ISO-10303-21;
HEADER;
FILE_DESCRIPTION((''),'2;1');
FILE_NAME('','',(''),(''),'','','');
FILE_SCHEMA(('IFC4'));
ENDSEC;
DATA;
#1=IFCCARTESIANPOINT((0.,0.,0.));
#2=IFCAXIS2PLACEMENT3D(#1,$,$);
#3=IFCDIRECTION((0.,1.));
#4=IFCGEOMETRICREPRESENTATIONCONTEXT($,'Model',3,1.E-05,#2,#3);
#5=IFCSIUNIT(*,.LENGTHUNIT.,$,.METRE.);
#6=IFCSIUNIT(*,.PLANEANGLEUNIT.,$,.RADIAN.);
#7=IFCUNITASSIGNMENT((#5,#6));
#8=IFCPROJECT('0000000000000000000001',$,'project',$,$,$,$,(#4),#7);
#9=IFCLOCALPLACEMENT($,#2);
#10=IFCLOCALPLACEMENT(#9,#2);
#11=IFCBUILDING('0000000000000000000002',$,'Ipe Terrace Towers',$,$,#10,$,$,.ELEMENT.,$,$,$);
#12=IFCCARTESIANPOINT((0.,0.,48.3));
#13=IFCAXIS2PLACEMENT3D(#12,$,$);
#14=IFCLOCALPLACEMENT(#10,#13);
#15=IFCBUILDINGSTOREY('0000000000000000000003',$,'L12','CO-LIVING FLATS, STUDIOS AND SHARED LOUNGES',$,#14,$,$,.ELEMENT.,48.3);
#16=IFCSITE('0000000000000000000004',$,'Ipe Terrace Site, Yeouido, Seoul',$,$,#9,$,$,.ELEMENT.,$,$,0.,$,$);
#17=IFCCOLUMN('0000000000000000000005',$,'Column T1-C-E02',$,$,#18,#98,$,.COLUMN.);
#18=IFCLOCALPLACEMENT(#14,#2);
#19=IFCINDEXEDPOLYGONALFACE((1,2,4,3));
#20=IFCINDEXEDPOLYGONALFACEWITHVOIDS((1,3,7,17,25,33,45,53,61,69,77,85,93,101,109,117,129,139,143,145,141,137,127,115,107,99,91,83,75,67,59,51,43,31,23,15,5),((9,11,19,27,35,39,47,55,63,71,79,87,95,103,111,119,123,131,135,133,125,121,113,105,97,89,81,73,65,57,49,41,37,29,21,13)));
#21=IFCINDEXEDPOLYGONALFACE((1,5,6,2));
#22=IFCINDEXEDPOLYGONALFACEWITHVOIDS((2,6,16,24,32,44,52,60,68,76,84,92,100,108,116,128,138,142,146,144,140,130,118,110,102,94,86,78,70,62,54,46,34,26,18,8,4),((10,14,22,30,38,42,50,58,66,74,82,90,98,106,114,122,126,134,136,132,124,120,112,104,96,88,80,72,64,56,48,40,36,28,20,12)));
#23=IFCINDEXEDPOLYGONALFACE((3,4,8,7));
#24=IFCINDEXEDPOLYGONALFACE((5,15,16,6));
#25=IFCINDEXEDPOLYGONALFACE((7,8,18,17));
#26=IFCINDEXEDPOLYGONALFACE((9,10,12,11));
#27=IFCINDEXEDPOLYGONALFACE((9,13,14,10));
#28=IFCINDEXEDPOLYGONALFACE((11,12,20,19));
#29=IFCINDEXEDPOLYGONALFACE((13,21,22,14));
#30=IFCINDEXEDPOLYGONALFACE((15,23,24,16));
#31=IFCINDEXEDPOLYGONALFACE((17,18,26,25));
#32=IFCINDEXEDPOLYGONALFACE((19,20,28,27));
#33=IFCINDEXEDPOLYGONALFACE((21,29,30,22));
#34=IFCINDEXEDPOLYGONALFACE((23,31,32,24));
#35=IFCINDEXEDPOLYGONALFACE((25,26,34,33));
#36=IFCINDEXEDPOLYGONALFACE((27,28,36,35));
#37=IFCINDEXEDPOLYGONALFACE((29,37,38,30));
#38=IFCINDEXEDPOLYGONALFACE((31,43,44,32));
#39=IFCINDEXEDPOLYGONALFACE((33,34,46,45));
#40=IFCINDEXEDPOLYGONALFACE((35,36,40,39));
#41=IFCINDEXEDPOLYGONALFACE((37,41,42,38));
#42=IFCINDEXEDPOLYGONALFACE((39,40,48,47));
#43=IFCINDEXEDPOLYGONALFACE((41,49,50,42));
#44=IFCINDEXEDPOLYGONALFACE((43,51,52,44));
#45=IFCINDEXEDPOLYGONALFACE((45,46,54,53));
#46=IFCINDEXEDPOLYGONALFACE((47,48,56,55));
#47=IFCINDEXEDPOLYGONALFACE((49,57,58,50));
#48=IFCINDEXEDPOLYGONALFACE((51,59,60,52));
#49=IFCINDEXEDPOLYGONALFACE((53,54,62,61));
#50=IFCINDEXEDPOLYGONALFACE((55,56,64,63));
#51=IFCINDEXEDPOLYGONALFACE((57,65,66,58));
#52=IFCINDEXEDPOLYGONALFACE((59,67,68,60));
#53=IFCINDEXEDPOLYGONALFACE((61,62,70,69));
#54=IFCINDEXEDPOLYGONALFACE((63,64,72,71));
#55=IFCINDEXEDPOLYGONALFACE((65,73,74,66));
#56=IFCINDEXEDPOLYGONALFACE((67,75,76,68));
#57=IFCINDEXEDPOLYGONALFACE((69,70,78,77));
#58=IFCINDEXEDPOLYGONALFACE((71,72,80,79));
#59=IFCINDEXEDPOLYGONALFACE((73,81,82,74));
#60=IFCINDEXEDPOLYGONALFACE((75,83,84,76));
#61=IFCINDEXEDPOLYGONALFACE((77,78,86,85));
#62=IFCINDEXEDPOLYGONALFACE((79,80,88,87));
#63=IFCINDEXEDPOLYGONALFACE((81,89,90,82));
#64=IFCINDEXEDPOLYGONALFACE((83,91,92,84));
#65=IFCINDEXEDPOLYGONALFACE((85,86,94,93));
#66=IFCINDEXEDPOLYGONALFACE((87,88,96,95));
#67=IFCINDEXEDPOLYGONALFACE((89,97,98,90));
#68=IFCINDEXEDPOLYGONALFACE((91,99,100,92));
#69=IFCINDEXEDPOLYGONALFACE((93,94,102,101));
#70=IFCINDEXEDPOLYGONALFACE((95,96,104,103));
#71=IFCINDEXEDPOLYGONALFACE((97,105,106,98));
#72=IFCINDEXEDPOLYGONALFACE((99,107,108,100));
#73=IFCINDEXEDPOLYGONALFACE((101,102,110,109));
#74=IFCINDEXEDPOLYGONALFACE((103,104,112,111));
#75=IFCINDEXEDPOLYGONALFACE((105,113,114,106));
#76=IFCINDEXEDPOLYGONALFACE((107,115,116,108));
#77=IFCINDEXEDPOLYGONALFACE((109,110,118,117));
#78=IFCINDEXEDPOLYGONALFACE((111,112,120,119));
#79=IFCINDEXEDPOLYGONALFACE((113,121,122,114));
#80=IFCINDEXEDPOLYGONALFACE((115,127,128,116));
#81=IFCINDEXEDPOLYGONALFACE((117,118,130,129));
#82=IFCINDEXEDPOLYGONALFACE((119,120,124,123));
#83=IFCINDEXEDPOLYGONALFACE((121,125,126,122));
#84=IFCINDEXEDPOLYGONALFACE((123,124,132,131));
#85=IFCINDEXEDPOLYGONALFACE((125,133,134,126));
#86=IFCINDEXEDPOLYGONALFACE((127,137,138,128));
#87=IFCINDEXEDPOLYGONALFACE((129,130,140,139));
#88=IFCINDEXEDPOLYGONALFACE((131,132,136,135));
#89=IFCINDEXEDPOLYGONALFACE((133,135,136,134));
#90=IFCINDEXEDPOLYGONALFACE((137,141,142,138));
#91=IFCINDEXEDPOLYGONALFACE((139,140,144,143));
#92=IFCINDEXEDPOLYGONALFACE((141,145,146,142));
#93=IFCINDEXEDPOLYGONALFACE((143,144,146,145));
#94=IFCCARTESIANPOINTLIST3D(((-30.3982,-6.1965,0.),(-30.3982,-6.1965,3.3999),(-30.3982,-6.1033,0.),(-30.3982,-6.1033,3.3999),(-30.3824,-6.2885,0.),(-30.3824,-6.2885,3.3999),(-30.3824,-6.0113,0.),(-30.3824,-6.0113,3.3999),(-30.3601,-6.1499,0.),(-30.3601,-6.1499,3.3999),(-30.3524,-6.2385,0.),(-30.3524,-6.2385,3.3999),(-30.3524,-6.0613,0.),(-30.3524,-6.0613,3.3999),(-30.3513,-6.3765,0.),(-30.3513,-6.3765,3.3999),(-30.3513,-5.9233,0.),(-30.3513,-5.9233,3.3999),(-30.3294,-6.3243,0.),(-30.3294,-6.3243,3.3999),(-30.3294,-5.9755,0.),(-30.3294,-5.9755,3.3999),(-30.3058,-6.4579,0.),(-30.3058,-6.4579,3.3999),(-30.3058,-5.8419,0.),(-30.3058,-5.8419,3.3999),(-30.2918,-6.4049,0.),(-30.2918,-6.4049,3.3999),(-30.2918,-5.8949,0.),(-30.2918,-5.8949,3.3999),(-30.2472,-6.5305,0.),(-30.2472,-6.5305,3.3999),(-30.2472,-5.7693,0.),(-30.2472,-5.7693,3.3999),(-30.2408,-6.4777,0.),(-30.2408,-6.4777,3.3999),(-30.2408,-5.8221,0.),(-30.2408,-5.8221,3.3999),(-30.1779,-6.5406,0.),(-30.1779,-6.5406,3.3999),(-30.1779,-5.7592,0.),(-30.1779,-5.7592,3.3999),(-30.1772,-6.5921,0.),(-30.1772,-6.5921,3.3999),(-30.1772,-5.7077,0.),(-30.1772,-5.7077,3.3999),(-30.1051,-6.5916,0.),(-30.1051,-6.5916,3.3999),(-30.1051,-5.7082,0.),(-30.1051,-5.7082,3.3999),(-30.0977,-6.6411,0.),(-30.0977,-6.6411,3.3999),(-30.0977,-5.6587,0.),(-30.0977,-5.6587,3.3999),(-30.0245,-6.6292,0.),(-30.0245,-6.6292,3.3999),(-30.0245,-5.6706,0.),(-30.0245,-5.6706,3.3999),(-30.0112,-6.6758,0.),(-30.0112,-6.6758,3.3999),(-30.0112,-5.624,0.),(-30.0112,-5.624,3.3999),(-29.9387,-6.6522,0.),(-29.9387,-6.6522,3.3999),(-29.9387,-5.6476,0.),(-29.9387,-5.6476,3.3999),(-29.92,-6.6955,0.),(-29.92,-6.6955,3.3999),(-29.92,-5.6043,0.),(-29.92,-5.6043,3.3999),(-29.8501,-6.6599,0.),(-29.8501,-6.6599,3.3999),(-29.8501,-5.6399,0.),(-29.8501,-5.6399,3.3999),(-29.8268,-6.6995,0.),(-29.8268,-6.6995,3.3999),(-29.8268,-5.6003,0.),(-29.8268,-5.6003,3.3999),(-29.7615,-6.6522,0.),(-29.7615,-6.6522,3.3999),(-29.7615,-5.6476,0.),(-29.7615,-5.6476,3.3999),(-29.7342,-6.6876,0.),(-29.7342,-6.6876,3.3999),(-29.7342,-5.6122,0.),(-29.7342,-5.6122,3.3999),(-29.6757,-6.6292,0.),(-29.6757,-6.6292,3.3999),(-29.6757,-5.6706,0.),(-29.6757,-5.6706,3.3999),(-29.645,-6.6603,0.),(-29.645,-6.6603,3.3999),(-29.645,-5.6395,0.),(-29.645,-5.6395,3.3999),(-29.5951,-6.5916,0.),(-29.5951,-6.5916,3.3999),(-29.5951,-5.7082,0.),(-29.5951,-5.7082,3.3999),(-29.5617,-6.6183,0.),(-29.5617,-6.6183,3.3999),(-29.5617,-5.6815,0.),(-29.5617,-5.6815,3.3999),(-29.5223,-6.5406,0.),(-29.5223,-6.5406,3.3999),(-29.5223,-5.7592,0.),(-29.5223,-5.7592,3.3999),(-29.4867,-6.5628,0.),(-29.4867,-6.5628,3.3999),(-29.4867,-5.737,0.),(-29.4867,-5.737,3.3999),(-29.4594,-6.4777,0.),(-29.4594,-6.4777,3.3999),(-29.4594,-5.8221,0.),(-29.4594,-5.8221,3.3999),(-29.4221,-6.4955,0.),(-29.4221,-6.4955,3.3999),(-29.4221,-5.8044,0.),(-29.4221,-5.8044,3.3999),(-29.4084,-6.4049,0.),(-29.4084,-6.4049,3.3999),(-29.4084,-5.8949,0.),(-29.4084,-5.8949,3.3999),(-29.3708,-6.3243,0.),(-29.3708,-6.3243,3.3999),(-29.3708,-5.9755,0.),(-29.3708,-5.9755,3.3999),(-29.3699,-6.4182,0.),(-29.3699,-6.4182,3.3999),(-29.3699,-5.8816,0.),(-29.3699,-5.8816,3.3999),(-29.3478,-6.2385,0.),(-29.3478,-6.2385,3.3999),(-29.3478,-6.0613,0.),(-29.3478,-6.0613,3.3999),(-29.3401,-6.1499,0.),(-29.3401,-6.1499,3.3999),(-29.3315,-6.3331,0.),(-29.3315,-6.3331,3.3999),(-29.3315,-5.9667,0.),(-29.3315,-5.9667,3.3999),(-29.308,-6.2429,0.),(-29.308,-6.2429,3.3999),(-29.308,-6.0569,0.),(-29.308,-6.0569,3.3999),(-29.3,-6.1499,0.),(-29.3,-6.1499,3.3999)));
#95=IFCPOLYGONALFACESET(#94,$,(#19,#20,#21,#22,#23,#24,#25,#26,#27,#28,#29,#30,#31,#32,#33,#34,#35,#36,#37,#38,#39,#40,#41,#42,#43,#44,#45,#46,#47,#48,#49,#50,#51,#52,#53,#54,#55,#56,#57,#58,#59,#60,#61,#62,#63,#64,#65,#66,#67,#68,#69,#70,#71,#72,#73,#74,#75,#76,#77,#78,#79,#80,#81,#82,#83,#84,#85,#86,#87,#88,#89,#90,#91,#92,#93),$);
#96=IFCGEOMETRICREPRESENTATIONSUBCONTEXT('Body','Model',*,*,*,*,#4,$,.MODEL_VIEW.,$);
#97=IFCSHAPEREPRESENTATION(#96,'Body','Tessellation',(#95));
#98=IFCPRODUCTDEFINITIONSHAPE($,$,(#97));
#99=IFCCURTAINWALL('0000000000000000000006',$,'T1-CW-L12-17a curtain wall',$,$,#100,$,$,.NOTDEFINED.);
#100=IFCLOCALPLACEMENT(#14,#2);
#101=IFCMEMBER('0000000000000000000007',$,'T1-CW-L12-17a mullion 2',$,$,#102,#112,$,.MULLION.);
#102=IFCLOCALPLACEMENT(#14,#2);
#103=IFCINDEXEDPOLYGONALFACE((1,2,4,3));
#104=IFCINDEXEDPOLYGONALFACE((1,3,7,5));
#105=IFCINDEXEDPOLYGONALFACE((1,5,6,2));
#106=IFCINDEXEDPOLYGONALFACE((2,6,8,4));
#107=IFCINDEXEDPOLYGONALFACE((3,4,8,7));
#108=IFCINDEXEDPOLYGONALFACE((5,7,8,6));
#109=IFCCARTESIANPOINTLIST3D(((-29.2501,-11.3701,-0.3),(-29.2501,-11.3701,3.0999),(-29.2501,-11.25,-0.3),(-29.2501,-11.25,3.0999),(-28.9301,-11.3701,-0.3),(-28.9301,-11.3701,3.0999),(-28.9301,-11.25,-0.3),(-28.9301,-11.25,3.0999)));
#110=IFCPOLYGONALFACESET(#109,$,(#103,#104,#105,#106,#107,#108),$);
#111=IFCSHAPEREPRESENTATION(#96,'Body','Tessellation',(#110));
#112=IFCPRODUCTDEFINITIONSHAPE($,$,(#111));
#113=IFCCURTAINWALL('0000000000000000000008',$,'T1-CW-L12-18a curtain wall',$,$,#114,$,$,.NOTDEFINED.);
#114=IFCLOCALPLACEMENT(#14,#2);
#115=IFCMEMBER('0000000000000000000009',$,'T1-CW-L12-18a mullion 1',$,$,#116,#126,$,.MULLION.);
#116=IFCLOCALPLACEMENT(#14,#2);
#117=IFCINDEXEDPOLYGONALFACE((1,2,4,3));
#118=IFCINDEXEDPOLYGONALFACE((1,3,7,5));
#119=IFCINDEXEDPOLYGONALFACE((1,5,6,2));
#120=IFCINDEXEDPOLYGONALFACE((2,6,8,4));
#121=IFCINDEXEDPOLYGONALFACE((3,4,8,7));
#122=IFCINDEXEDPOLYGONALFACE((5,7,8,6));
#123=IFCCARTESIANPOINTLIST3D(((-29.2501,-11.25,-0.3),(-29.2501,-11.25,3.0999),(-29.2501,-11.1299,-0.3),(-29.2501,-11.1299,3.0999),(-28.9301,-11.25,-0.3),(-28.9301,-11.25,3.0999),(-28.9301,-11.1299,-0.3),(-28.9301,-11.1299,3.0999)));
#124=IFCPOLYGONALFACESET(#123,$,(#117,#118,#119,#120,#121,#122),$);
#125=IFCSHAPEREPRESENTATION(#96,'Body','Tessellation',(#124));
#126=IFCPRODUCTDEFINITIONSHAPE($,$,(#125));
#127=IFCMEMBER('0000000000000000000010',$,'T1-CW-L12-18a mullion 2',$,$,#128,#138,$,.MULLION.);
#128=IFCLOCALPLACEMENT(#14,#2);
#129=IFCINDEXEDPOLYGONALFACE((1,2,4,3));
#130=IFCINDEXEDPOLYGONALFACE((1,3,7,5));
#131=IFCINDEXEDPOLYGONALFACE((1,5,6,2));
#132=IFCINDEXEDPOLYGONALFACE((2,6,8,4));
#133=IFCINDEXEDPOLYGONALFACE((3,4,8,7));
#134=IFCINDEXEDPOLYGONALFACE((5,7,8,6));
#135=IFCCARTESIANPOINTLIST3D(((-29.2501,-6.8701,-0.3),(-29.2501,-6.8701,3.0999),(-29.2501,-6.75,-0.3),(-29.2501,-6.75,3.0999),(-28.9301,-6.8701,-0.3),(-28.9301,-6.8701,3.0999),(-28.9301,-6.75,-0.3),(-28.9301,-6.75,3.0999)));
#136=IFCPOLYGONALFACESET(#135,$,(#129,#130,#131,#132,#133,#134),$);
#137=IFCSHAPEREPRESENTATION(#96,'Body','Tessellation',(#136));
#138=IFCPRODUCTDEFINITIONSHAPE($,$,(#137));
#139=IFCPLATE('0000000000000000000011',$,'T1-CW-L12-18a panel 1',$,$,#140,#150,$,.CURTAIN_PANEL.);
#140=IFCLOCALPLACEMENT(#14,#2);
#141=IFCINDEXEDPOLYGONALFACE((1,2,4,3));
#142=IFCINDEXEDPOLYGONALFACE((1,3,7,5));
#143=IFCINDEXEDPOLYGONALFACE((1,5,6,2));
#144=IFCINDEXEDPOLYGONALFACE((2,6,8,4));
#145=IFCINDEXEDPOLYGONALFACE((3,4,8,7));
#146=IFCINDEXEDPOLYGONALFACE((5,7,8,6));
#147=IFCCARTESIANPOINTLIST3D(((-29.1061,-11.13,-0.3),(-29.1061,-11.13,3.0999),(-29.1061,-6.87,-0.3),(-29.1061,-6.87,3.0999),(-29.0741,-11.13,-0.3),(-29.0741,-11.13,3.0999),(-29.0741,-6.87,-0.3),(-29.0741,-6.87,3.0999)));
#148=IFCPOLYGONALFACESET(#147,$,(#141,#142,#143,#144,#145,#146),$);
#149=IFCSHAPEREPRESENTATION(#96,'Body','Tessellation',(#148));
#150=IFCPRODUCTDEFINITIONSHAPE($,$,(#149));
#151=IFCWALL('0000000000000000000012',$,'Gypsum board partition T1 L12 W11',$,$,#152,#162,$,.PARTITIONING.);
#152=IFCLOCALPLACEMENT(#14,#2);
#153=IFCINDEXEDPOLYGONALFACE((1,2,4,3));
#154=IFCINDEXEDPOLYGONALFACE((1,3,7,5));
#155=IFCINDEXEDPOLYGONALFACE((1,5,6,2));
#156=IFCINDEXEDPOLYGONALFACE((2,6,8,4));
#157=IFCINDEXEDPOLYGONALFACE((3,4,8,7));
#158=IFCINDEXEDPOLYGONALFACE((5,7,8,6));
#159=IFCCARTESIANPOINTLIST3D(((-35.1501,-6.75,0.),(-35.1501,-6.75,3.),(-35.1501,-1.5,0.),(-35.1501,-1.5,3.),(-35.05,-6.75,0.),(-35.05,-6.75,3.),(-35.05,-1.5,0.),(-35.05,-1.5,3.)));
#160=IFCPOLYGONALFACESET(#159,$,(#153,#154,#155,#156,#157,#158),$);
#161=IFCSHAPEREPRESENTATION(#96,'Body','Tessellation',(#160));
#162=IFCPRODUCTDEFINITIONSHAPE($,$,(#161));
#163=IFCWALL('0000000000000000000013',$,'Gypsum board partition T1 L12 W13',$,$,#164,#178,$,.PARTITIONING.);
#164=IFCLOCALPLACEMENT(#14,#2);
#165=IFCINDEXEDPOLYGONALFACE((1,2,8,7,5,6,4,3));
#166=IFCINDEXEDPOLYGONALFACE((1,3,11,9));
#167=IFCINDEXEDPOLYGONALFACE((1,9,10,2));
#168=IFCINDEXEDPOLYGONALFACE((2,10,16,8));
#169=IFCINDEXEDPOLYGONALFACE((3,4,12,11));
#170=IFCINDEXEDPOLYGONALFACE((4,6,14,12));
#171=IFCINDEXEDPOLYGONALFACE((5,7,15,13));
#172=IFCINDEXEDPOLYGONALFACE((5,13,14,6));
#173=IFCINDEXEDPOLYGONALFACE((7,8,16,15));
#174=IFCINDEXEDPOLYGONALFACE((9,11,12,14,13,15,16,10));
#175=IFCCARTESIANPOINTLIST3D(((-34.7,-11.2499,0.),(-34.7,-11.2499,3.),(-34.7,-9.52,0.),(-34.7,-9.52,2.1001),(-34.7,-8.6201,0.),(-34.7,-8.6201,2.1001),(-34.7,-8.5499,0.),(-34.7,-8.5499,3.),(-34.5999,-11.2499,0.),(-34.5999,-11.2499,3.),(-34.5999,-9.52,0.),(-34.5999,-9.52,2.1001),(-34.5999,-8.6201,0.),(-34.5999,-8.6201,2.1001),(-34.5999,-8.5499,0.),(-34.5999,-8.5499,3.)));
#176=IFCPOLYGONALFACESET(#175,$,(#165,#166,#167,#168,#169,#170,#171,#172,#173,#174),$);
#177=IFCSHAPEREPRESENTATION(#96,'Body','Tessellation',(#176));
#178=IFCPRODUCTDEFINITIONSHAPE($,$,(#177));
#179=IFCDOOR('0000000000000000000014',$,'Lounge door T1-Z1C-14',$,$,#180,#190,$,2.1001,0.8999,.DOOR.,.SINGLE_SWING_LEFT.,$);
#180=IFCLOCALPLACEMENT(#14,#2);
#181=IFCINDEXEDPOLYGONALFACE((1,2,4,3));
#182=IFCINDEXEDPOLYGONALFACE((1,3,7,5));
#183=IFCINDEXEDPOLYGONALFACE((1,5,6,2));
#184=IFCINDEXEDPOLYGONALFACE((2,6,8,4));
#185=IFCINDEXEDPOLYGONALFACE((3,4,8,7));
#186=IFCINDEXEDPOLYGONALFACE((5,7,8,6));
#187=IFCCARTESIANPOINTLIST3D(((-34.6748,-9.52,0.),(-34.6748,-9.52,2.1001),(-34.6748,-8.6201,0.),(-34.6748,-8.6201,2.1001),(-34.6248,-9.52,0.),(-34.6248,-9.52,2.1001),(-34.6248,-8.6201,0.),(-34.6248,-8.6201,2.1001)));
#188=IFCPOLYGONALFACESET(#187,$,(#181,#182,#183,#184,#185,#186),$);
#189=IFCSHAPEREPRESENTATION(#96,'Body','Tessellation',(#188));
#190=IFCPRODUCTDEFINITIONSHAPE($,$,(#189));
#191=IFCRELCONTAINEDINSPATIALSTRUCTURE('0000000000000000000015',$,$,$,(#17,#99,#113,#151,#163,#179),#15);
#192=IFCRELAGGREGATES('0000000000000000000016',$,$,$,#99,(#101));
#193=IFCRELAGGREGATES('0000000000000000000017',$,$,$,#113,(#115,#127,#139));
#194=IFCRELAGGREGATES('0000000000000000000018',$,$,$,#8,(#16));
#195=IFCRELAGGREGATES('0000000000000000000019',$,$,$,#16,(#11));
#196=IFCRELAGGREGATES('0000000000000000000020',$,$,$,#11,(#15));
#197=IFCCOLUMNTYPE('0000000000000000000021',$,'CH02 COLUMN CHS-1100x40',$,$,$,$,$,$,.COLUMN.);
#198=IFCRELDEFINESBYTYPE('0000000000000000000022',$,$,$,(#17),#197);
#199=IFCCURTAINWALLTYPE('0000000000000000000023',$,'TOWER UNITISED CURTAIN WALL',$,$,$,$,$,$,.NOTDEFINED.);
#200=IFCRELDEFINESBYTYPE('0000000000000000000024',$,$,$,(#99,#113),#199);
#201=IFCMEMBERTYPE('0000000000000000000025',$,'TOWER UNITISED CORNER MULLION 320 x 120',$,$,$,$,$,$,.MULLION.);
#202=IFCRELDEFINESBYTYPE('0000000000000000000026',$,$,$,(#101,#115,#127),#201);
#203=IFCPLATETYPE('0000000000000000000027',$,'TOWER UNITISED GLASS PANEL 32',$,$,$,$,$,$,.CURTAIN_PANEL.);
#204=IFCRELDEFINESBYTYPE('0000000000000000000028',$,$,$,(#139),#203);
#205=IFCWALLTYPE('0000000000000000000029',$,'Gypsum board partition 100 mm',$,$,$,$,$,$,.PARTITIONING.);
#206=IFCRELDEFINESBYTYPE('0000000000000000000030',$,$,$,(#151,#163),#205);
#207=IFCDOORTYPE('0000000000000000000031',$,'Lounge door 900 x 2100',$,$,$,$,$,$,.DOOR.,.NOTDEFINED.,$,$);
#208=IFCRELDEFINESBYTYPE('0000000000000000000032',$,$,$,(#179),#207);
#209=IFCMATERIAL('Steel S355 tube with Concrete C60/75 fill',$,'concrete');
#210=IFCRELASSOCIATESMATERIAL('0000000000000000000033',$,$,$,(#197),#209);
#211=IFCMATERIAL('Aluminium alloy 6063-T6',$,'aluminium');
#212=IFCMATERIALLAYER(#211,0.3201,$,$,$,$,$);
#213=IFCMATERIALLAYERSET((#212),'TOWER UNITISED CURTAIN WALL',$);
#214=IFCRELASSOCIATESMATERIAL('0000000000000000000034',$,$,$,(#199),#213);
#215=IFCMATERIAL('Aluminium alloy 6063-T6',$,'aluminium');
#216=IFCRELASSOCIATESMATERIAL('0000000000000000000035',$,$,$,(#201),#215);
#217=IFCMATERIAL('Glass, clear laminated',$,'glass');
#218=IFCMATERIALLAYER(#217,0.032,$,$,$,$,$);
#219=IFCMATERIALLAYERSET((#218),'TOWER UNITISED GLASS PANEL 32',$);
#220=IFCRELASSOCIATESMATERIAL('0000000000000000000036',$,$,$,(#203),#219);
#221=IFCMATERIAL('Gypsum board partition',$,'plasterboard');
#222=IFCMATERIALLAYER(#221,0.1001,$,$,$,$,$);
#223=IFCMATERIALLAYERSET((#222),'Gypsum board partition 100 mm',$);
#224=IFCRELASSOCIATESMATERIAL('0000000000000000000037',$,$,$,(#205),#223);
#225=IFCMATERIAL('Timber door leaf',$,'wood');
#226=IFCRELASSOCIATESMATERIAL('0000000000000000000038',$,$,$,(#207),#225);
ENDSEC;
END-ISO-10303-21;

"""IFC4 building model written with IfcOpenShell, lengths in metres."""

from ifc_helpers import new_model, si_unit, direction, frame, frame_2d, origin, origin_2d, place, context, subcontext, project, spatial, rectangle, hollow_circle, extrude, material, layer, layer_set, material_profile, profile_set, type_object, element, fill, aggregate, save


model = new_model("IFC4")

# Units and contexts
model_context = context("Model", 3, precision=1e-05, world=origin(), true_north=direction((0.0, 1.0)))
body_context = subcontext(model_context, "Body", "Model", "MODEL_VIEW")
ifc_project = project(units=[si_unit("LENGTHUNIT", "METRE"), si_unit("PLANEANGLEUNIT", "RADIAN")], contexts=[model_context])

# Site, building, storey
site_placement = place(None, origin())
site = spatial("IfcSite", under=ifc_project, at=site_placement, Name="Ipe Terrace Site, Yeouido, Seoul", CompositionType="ELEMENT", RefElevation=0.0)
building_placement = place(site_placement, origin())
building = spatial("IfcBuilding", under=site, at=building_placement, Name="Ipe Terrace Towers", CompositionType="ELEMENT")
storey_placement = place(building_placement, frame((0.0, 0.0, 48.3)))
storey = spatial("IfcBuildingStorey", under=building, at=storey_placement, Name="L12", Description="CO-LIVING FLATS, STUDIOS AND SHARED LOUNGES", CompositionType="ELEMENT", Elevation=48.3)

# Column
ifc_material_1 = material(Name="Steel S355 tube with Concrete C60/75 fill", Category="concrete")
ifc_material_profile_1 = material_profile(ifc_material_1, hollow_circle(Radius=0.55, WallThickness=0.04, at=origin_2d()), Name="CHS-1100x40")
ifc_profile_set_1 = profile_set([ifc_material_profile_1], Name="Steel S355 tube with Concrete C60/75 fill")
column_type = type_object("IfcColumnType", Name="CH02 COLUMN CHS-1100x40", PredefinedType="COLUMN", material=ifc_profile_set_1)
column_placement = place(storey_placement, frame((-29.8501, -6.1499, 0.0), z_axis=(0.0, 0.0, 1.0), x_axis=(1.0, 0.0, 0.0)))
element("IfcColumn", 1, at=column_placement, inside=storey, type_object=column_type, Name="Column T1-C-E02", PredefinedType="COLUMN", context=body_context, shape_type="SweptSolid", body=[
    extrude(hollow_circle(Radius=0.55, WallThickness=0.04, at=origin_2d()), origin(), (0.0, 0.0, 1.0), 3.3999),
])

# Curtain wall, member
ifc_material_2 = material(Name="Aluminium alloy 6063-T6", Category="aluminium")
ifc_layer_1 = layer(ifc_material_2, 0.3201)
ifc_layer_set_1 = layer_set([ifc_layer_1], Name="TOWER UNITISED CURTAIN WALL")
curtain_wall_type = type_object("IfcCurtainWallType", Name="TOWER UNITISED CURTAIN WALL", PredefinedType="NOTDEFINED", material=ifc_layer_set_1)
curtain_wall_1_placement = place(storey_placement, origin())
curtain_wall_1 = element("IfcCurtainWall", 2, at=curtain_wall_1_placement, inside=storey, type_object=curtain_wall_type, Name="T1-CW-L12-17a curtain wall", PredefinedType="NOTDEFINED")
ifc_material_3 = material(Name="Aluminium alloy 6063-T6", Category="aluminium")
ifc_material_profile_2 = material_profile(ifc_material_3, rectangle(XDim=0.3201, YDim=0.1201, at=origin_2d()), Name="TOWER UNITISED CORNER MULLION 320 x 120")
ifc_profile_set_2 = profile_set([ifc_material_profile_2], Name="Aluminium alloy 6063-T6")
member_type = type_object("IfcMemberType", Name="TOWER UNITISED CORNER MULLION 320 x 120", PredefinedType="MULLION", material=ifc_profile_set_2)
member_1_placement = place(storey_placement, frame((-29.0901, -11.3101, -0.3), z_axis=(0.0, 0.0, 1.0), x_axis=(1.0, 0.0, 0.0)))
member_1 = element("IfcMember", 3, at=member_1_placement, type_object=member_type, Name="T1-CW-L12-17a mullion 2", PredefinedType="MULLION", context=body_context, shape_type="SweptSolid", body=[
    extrude(rectangle(XDim=0.3201, YDim=0.1201, at=origin_2d()), origin(), (0.0, 0.0, 1.0), 3.3999),
])
aggregate(curtain_wall_1, [member_1])

# Curtain wall, members, plate
curtain_wall_2_placement = place(storey_placement, origin())
curtain_wall_2 = element("IfcCurtainWall", 4, at=curtain_wall_2_placement, inside=storey, type_object=curtain_wall_type, Name="T1-CW-L12-18a curtain wall", PredefinedType="NOTDEFINED")
member_2_placement = place(storey_placement, frame((-29.0901, -11.1899, -0.3), z_axis=(0.0, 0.0, 1.0), x_axis=(1.0, 0.0, 0.0)))
member_2 = element("IfcMember", 5, at=member_2_placement, type_object=member_type, Name="T1-CW-L12-18a mullion 1", PredefinedType="MULLION", context=body_context, shape_type="SweptSolid", body=[
    extrude(rectangle(XDim=0.3201, YDim=0.1201, at=origin_2d()), origin(), (0.0, 0.0, 1.0), 3.3999),
])
member_3_placement = place(storey_placement, frame((-29.0901, -6.8101, -0.3), z_axis=(0.0, 0.0, 1.0), x_axis=(1.0, 0.0, 0.0)))
member_3 = element("IfcMember", 6, at=member_3_placement, type_object=member_type, Name="T1-CW-L12-18a mullion 2", PredefinedType="MULLION", context=body_context, shape_type="SweptSolid", body=[
    extrude(rectangle(XDim=0.3201, YDim=0.1201, at=origin_2d()), origin(), (0.0, 0.0, 1.0), 3.3999),
])
ifc_material_4 = material(Name="Glass, clear laminated", Category="glass")
ifc_layer_2 = layer(ifc_material_4, 0.032)
ifc_layer_set_2 = layer_set([ifc_layer_2], Name="TOWER UNITISED GLASS PANEL 32")
plate_type = type_object("IfcPlateType", Name="TOWER UNITISED GLASS PANEL 32", PredefinedType="CURTAIN_PANEL", material=ifc_layer_set_2)
plate_placement = place(storey_placement, frame((-29.0901, -9.0, -0.3), z_axis=(0.0, 0.0, 1.0), x_axis=(0.0, 1.0, 0.0)))
plate = element("IfcPlate", 7, at=plate_placement, type_object=plate_type, Name="T1-CW-L12-18a panel 1", PredefinedType="CURTAIN_PANEL", context=body_context, shape_type="SweptSolid", body=[
    extrude(rectangle(XDim=4.26, YDim=0.032, at=origin_2d()), origin(), (0.0, 0.0, 1.0), 3.3999),
])
aggregate(curtain_wall_2, [member_2, member_3, plate])

# Wall
ifc_material_5 = material(Name="Gypsum board partition", Category="plasterboard")
ifc_layer_3 = layer(ifc_material_5, 0.1001)
ifc_layer_set_3 = layer_set([ifc_layer_3], Name="Gypsum board partition 100 mm")
wall_type_1 = type_object("IfcWallType", Name="Gypsum board partition 100 mm", PredefinedType="PARTITIONING", material=ifc_layer_set_3)
wall_1_placement = place(storey_placement, frame((-35.1001, -6.75, 0.0), z_axis=(0.0, 0.0, 1.0), x_axis=(0.0, 1.0, 0.0)))
element("IfcWall", 8, at=wall_1_placement, inside=storey, type_object=wall_type_1, Name="Gypsum board partition T1 L12 W11", PredefinedType="PARTITIONING", context=body_context, shape_type="SweptSolid", body=[
    extrude(rectangle(XDim=5.25, YDim=0.1001, at=frame_2d((2.625, 0.0))), origin(), (0.0, 0.0, 1.0), 3.0),
])

# Wall, opening, door
wall_2_placement = place(storey_placement, frame((-34.6499, -11.25, 0.0), z_axis=(0.0, 0.0, 1.0), x_axis=(0.0, 1.0, 0.0)))
wall_2 = element("IfcWall", 9, at=wall_2_placement, inside=storey, type_object=wall_type_1, Name="Gypsum board partition T1 L12 W13", PredefinedType="PARTITIONING", context=body_context, shape_type="SweptSolid", body=[
    extrude(rectangle(XDim=2.7, YDim=0.1001, at=frame_2d((1.3501, 0.0))), origin(), (0.0, 0.0, 1.0), 3.0),
])
opening_1_placement = place(wall_2_placement, frame((1.73, 0.0, 0.0)))
opening_1 = element("IfcOpeningElement", 10, at=opening_1_placement, cuts=wall_2, PredefinedType="OPENING", context=body_context, shape_type="SweptSolid", body=[
    extrude(rectangle(XDim=0.8999, YDim=2.1001, at=frame_2d((0.45, 1.05))), frame((0.0, 0.0601, 0.0), z_axis=(0.0, -1.0, 0.0), x_axis=(1.0, 0.0, 0.0)), (0.0, 0.0, 1.0), 0.1201),
])
ifc_material_6 = material(Name="Timber door leaf", Category="wood")
door_type_1 = type_object("IfcDoorType", Name="Lounge door 900 x 2100", OperationType="NOTDEFINED", PredefinedType="DOOR", material=ifc_material_6)
door_1_placement = place(opening_1_placement, origin())
door_1 = element("IfcDoor", 11, at=door_1_placement, inside=storey, type_object=door_type_1, Name="Lounge door T1-Z1C-14", OperationType="SINGLE_SWING_LEFT", OverallHeight=2.1001, OverallWidth=0.8999, PredefinedType="DOOR", context=body_context, shape_type="SweptSolid", body=[
    extrude(rectangle(XDim=0.8999, YDim=2.1001, at=frame_2d((0.45, 1.05))), frame((0.0, 0.0249, 0.0), z_axis=(0.0, -1.0, 0.0), x_axis=(1.0, 0.0, 0.0)), (0.0, 0.0, 1.0), 0.05),
])
fill(opening_1, door_1)

save(model, "model.ifc")
